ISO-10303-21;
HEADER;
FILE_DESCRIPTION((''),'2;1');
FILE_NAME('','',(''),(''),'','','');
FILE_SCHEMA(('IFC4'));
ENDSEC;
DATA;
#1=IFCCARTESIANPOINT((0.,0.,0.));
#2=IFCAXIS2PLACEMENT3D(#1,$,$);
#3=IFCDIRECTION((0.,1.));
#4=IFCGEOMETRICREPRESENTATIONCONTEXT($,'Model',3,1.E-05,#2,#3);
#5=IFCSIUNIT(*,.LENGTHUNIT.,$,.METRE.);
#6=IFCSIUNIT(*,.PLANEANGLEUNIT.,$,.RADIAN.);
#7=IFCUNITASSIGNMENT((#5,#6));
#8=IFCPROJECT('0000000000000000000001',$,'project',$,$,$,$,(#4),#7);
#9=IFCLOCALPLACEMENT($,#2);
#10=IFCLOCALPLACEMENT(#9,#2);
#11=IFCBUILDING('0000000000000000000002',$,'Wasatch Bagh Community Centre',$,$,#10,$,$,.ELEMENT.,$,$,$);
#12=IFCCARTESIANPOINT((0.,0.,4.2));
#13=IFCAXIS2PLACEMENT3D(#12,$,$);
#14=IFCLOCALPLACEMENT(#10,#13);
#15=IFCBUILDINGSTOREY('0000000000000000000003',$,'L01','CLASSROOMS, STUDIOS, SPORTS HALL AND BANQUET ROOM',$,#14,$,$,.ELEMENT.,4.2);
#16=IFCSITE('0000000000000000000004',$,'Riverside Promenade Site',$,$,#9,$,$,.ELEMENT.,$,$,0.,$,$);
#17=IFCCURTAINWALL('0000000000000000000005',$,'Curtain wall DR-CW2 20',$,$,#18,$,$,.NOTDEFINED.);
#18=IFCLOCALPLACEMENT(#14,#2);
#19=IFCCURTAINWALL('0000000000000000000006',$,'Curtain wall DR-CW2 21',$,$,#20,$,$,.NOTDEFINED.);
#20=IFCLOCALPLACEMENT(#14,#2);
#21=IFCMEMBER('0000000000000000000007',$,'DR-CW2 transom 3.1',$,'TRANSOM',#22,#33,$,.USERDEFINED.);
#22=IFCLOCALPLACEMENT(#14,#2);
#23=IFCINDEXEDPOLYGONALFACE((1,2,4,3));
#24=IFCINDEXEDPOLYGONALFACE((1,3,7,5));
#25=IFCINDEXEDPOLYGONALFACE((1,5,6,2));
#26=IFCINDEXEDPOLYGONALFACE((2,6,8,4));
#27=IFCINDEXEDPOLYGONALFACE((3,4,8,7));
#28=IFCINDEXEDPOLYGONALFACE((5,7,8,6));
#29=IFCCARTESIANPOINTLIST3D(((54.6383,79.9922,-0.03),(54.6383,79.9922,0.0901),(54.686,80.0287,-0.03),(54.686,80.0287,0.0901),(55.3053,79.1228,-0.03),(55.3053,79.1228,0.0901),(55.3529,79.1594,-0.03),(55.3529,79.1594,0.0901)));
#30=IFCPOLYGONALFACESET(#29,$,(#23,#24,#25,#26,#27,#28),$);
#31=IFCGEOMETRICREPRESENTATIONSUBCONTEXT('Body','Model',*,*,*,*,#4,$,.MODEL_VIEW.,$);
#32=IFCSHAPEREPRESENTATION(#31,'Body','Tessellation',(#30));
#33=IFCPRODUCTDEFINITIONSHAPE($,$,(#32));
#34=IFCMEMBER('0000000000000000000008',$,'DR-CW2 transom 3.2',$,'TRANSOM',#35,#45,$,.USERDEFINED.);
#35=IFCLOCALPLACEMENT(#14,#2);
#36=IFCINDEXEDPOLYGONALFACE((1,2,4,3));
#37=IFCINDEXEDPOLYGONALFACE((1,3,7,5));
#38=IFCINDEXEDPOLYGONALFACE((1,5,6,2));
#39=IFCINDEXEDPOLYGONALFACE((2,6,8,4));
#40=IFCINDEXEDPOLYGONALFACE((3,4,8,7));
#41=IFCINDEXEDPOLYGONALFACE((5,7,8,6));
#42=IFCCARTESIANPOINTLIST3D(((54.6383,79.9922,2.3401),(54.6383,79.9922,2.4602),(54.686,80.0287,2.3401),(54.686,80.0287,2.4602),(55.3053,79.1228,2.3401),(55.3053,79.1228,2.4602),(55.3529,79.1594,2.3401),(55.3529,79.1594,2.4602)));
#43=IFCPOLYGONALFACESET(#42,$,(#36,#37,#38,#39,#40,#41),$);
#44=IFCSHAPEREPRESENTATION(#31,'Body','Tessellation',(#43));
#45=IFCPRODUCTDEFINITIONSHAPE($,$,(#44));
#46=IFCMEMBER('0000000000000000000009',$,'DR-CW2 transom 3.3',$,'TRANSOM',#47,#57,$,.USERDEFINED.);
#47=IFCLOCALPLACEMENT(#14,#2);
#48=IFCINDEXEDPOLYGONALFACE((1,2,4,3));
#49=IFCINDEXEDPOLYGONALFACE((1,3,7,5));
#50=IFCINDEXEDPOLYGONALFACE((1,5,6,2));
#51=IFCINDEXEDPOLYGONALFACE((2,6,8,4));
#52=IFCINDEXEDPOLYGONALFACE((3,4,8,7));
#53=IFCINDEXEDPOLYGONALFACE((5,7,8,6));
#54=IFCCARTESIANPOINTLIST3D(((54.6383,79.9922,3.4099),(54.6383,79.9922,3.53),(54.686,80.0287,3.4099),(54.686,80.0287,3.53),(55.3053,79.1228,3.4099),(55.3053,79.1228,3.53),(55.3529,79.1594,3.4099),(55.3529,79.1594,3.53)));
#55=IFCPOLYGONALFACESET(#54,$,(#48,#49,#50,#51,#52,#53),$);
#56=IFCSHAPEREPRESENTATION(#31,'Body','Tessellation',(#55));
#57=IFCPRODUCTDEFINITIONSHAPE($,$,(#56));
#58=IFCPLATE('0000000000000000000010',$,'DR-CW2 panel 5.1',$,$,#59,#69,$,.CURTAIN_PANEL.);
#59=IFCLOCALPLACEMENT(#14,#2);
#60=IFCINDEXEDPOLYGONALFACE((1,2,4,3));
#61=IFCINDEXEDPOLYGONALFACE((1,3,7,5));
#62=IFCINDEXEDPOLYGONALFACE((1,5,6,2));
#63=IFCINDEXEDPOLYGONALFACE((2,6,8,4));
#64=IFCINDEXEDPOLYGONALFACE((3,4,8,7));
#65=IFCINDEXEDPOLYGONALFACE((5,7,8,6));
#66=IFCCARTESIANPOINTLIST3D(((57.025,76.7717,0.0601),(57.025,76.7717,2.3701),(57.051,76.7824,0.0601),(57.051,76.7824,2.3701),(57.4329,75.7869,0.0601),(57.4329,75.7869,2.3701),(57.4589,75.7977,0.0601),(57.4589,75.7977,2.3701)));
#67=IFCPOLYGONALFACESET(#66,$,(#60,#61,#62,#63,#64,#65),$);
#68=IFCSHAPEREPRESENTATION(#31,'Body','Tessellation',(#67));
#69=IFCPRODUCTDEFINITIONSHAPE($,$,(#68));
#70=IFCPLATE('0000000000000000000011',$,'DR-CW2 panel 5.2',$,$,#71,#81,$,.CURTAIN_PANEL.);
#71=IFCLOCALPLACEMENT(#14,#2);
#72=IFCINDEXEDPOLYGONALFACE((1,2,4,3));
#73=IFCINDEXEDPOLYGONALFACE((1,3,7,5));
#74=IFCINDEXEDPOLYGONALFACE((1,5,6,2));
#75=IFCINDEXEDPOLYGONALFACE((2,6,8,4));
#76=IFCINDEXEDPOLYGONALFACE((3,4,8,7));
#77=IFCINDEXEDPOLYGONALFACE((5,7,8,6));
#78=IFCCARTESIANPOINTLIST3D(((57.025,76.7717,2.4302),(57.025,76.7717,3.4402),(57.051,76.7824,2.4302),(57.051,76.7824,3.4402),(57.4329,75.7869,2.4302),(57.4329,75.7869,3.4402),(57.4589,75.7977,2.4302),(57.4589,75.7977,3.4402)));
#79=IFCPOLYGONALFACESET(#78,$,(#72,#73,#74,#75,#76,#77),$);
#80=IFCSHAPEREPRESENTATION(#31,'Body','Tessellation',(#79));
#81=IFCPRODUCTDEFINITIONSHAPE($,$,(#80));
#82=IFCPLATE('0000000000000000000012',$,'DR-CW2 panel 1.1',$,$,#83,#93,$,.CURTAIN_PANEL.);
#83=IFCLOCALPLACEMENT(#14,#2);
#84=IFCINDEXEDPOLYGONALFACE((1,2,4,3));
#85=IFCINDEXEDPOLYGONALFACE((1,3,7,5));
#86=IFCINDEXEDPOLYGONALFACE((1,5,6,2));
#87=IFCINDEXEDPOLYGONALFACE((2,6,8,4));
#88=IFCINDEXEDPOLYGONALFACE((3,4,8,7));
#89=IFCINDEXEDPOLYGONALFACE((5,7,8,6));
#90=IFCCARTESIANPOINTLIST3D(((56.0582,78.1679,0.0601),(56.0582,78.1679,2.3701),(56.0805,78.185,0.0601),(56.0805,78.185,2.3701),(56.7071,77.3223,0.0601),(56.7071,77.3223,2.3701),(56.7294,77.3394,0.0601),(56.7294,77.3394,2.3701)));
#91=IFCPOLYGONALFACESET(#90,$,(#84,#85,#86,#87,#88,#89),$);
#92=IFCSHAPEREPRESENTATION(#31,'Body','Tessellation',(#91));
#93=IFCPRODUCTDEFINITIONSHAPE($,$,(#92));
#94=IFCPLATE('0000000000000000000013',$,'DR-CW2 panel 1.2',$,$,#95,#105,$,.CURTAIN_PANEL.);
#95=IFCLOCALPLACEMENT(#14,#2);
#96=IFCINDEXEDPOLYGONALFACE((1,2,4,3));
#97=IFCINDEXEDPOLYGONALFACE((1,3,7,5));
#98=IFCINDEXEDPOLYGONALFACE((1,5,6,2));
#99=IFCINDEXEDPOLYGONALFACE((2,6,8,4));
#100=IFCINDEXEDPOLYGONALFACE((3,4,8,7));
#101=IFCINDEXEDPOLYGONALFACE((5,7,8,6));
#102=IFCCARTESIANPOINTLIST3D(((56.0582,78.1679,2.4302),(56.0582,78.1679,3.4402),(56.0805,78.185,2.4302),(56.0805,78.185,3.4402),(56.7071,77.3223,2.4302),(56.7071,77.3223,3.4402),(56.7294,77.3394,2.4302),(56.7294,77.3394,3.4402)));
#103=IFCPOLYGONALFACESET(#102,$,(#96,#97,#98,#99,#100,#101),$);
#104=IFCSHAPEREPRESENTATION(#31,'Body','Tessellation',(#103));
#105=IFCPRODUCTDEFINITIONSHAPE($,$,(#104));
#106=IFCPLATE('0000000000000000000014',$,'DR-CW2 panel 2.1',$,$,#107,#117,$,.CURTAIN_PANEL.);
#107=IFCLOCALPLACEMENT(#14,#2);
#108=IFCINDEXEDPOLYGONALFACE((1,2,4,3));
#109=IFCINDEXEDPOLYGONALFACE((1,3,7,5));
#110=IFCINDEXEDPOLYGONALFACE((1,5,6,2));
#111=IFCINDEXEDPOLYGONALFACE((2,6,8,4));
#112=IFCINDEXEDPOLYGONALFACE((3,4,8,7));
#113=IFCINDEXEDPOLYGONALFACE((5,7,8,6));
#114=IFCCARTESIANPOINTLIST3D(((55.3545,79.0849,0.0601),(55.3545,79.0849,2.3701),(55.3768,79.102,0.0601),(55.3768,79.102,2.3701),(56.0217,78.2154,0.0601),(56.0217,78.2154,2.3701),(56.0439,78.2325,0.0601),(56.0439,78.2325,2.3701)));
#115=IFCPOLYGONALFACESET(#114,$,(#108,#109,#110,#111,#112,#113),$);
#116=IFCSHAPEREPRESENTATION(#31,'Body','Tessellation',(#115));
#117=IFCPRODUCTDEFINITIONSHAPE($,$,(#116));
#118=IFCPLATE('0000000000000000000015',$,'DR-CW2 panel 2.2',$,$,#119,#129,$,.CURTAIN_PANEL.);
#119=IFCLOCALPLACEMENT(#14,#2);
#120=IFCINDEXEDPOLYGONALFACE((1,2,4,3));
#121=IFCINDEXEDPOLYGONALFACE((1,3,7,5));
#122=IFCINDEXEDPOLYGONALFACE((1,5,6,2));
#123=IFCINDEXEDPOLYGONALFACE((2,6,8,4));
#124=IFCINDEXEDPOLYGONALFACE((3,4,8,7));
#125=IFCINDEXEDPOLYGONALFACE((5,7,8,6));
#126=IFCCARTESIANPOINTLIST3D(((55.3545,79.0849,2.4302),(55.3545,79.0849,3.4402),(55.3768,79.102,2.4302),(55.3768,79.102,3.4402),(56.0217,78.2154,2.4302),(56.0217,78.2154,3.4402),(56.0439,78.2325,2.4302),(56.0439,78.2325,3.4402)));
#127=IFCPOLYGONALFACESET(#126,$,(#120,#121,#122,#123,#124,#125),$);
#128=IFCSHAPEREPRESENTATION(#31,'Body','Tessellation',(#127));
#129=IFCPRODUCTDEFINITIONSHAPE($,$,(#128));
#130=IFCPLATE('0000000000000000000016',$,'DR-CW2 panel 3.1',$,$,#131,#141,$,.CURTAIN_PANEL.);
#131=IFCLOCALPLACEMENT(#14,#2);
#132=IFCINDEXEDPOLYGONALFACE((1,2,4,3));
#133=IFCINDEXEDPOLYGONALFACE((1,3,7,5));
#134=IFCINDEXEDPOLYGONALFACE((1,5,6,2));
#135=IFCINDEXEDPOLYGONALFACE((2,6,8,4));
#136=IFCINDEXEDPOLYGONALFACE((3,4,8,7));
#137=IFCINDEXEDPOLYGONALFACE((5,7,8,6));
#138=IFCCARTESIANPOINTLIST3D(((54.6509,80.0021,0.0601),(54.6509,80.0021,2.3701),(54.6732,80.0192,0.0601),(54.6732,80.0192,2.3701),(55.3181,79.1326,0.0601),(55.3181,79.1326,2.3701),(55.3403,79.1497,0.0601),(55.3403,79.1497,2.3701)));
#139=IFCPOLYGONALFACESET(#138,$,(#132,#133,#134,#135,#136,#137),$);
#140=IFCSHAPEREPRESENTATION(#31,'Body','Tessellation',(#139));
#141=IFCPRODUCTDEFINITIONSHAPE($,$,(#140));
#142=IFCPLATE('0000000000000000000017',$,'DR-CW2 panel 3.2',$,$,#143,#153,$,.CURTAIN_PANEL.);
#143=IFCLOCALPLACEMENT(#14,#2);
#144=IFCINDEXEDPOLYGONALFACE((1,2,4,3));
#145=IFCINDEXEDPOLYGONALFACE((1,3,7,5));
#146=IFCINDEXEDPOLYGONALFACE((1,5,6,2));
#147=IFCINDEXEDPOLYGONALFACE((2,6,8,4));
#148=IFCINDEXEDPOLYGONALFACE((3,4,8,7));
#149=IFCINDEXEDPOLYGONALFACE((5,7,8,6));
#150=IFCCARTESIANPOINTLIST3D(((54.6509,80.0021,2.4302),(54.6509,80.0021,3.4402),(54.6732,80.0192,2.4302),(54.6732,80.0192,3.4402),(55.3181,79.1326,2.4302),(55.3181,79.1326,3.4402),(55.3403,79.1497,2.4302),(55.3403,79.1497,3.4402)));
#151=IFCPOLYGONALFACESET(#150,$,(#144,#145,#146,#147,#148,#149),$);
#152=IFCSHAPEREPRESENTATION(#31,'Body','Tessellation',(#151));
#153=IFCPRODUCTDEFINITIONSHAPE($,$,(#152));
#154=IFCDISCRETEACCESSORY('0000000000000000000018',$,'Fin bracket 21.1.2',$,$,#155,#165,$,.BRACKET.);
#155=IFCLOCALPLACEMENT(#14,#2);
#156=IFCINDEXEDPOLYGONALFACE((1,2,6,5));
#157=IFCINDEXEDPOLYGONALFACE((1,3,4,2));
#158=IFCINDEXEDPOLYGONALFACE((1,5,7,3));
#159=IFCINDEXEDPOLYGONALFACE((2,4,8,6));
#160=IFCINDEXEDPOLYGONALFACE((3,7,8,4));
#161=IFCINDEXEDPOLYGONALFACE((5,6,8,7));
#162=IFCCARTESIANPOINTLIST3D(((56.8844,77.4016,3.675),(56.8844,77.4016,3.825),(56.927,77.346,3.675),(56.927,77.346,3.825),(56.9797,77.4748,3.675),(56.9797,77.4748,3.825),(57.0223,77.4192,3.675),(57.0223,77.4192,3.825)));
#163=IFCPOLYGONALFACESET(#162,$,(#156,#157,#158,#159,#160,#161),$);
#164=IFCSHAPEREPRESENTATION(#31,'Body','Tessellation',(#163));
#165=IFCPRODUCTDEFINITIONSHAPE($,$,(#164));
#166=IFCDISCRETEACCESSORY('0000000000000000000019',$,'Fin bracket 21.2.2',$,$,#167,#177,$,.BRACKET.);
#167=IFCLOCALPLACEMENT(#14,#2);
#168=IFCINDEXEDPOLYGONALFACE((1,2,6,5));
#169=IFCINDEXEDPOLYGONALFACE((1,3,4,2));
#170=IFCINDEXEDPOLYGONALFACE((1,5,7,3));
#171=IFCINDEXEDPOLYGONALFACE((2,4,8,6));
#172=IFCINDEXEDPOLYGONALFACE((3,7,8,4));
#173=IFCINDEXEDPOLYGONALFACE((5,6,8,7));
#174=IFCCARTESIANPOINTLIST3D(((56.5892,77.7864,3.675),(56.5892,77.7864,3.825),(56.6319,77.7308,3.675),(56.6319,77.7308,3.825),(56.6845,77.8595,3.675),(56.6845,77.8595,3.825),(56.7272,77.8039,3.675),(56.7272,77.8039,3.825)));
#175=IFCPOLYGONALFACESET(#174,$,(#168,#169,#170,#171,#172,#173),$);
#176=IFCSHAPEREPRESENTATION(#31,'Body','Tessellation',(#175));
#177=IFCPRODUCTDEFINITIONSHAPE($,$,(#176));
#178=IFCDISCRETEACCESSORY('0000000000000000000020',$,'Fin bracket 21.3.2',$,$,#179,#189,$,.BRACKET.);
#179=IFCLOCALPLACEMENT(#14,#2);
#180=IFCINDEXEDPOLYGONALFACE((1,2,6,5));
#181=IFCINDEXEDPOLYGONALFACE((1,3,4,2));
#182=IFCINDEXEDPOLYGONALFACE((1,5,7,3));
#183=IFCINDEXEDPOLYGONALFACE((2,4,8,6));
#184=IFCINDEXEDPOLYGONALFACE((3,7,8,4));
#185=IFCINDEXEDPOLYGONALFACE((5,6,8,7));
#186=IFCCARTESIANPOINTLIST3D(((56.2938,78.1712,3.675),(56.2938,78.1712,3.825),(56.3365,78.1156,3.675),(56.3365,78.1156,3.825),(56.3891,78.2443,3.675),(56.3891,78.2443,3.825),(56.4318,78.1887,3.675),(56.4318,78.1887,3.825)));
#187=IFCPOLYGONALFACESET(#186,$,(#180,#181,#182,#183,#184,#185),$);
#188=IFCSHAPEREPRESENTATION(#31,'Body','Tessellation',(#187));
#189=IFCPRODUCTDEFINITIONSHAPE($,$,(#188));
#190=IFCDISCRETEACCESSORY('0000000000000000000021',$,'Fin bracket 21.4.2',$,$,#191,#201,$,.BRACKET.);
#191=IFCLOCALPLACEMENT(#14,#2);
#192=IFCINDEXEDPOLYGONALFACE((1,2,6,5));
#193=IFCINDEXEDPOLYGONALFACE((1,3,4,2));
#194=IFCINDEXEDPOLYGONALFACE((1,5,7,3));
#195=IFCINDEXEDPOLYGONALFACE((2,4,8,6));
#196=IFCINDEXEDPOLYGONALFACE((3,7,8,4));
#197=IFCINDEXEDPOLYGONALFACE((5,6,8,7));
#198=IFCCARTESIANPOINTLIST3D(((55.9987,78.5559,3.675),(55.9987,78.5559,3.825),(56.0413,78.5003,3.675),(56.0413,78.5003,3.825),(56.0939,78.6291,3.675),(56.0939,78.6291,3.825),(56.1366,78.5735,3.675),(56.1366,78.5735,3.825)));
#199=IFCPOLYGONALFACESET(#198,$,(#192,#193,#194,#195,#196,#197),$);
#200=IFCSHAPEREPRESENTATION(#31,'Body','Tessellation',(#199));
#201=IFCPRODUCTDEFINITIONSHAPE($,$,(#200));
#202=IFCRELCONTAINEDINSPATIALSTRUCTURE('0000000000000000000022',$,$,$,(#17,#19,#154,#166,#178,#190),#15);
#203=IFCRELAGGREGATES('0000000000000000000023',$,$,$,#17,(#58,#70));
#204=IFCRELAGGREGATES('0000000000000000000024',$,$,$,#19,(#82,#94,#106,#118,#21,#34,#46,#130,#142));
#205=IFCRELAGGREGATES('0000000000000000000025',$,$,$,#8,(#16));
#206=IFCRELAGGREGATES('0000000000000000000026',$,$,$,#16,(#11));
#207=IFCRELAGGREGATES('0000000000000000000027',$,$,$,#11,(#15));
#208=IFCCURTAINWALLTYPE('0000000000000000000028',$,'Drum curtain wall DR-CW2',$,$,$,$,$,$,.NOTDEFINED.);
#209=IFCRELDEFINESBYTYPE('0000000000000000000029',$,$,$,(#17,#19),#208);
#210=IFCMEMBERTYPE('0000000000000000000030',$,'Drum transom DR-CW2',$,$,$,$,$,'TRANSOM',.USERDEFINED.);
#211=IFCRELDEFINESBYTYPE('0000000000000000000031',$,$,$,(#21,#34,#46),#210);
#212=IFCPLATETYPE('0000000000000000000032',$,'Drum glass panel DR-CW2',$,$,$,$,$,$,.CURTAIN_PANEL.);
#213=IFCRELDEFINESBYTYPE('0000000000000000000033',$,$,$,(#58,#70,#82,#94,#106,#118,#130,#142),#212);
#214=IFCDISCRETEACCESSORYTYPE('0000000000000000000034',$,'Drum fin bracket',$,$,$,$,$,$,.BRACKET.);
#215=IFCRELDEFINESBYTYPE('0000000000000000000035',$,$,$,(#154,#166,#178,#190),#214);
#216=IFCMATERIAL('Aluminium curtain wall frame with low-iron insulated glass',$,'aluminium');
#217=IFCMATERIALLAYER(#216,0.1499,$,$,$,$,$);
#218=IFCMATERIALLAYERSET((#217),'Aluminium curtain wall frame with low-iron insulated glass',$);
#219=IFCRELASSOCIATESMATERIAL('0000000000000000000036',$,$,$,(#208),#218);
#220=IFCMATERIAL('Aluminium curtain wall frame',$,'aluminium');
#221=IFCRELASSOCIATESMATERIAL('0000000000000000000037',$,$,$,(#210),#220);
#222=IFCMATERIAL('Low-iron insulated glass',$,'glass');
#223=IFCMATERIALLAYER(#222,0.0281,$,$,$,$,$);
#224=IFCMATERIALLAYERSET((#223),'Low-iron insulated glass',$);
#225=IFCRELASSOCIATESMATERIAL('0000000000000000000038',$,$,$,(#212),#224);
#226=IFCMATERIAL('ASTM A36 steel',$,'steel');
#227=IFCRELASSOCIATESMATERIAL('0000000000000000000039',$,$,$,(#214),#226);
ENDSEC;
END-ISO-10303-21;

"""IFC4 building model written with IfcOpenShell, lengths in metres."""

from ifc_helpers import new_model, si_unit, direction, frame, origin, origin_2d, place, context, subcontext, project, spatial, rectangle, extrude, material, layer, layer_set, material_profile, profile_set, type_object, element, aggregate, save


model = new_model("IFC4")

# Units and contexts
model_context = context("Model", 3, precision=1e-05, world=origin(), true_north=direction((0.0, 1.0)))
body_context = subcontext(model_context, "Body", "Model", "MODEL_VIEW")
ifc_project = project(units=[si_unit("LENGTHUNIT", "METRE"), si_unit("PLANEANGLEUNIT", "RADIAN")], contexts=[model_context])

# Site, building, storey
site_placement = place(None, origin())
site = spatial("IfcSite", under=ifc_project, at=site_placement, Name="Riverside Promenade Site", CompositionType="ELEMENT", RefElevation=0.0)
building_placement = place(site_placement, origin())
building = spatial("IfcBuilding", under=site, at=building_placement, Name="Wasatch Bagh Community Centre", CompositionType="ELEMENT")
storey_placement = place(building_placement, frame((0.0, 0.0, 4.2)))
storey = spatial("IfcBuildingStorey", under=building, at=storey_placement, Name="L01", Description="CLASSROOMS, STUDIOS, SPORTS HALL AND BANQUET ROOM", CompositionType="ELEMENT", Elevation=4.2)

# Curtain wall
ifc_material_1 = material(Name="Aluminium curtain wall frame with low-iron insulated glass", Category="aluminium")
ifc_layer_1 = layer(ifc_material_1, 0.1499)
ifc_layer_set_1 = layer_set([ifc_layer_1], Name="Aluminium curtain wall frame with low-iron insulated glass")
curtain_wall_type = type_object("IfcCurtainWallType", Name="Drum curtain wall DR-CW2", PredefinedType="NOTDEFINED", material=ifc_layer_set_1)
curtain_wall_1_placement = place(storey_placement, origin())
curtain_wall_1 = element("IfcCurtainWall", 1, at=curtain_wall_1_placement, inside=storey, type_object=curtain_wall_type, Name="Curtain wall DR-CW2 20", PredefinedType="NOTDEFINED")
ifc_material_2 = material(Name="Aluminium curtain wall frame", Category="aluminium")

# Curtain wall
curtain_wall_2_placement = place(storey_placement, origin())
curtain_wall_2 = element("IfcCurtainWall", 2, at=curtain_wall_2_placement, inside=storey, type_object=curtain_wall_type, Name="Curtain wall DR-CW2 21", PredefinedType="NOTDEFINED")

# Members
ifc_material_profile_1 = material_profile(ifc_material_2, rectangle(XDim=0.0601, YDim=0.1201, at=origin_2d()), Name="Drum transom DR-CW2")
ifc_profile_set_1 = profile_set([ifc_material_profile_1], Name="Aluminium curtain wall frame")
member_type_1 = type_object("IfcMemberType", Name="Drum transom DR-CW2", ElementType="TRANSOM", PredefinedType="USERDEFINED", material=ifc_profile_set_1)
member_1_placement = place(storey_placement, frame((55.3291, 79.1411, 0.03), z_axis=(-0.608698, 0.793402, 0.0), x_axis=(-0.793402, -0.608698, 0.0)))
member_1 = element("IfcMember", 3, at=member_1_placement, type_object=member_type_1, Name="DR-CW2 transom 3.1", ObjectType="TRANSOM", PredefinedType="USERDEFINED", context=body_context, shape_type="SweptSolid", body=[
    extrude(rectangle(XDim=0.0601, YDim=0.1201, at=origin_2d()), origin(), (0.0, 0.0, 1.0), 1.0957),
])
member_2_placement = place(storey_placement, frame((55.3291, 79.1411, 2.4001), z_axis=(-0.608698, 0.793402, 0.0), x_axis=(-0.793402, -0.608698, 0.0)))
member_2 = element("IfcMember", 4, at=member_2_placement, type_object=member_type_1, Name="DR-CW2 transom 3.2", ObjectType="TRANSOM", PredefinedType="USERDEFINED", context=body_context, shape_type="SweptSolid", body=[
    extrude(rectangle(XDim=0.0601, YDim=0.1201, at=origin_2d()), origin(), (0.0, 0.0, 1.0), 1.0957),
])
member_3_placement = place(storey_placement, frame((55.3291, 79.1411, 3.47), z_axis=(-0.608698, 0.793402, 0.0), x_axis=(-0.793402, -0.608698, 0.0)))
member_3 = element("IfcMember", 5, at=member_3_placement, type_object=member_type_1, Name="DR-CW2 transom 3.3", ObjectType="TRANSOM", PredefinedType="USERDEFINED", context=body_context, shape_type="SweptSolid", body=[
    extrude(rectangle(XDim=0.0601, YDim=0.1201, at=origin_2d()), origin(), (0.0, 0.0, 1.0), 1.0957),
])

# Plates
ifc_material_3 = material(Name="Low-iron insulated glass", Category="glass")
ifc_layer_2 = layer(ifc_material_3, 0.0281)
ifc_layer_set_2 = layer_set([ifc_layer_2], Name="Low-iron insulated glass")
plate_type = type_object("IfcPlateType", Name="Drum glass panel DR-CW2", PredefinedType="CURTAIN_PANEL", material=ifc_layer_set_2)
plate_1_placement = place(storey_placement, frame((57.2419, 76.2847, 0.0601), z_axis=(0.0, 0.0, 1.0), x_axis=(-0.382683, 0.92388, 0.0)))
plate_1 = element("IfcPlate", 6, at=plate_1_placement, type_object=plate_type, Name="DR-CW2 panel 5.1", PredefinedType="CURTAIN_PANEL", context=body_context, shape_type="SweptSolid", body=[
    extrude(rectangle(XDim=1.0659, YDim=0.0281, at=origin_2d()), origin(), (0.0, 0.0, 1.0), 2.3101),
])
plate_2_placement = place(storey_placement, frame((57.2419, 76.2847, 2.4302), z_axis=(0.0, 0.0, 1.0), x_axis=(-0.382683, 0.92388, 0.0)))
plate_2 = element("IfcPlate", 7, at=plate_2_placement, type_object=plate_type, Name="DR-CW2 panel 5.2", PredefinedType="CURTAIN_PANEL", context=body_context, shape_type="SweptSolid", body=[
    extrude(rectangle(XDim=1.0659, YDim=0.0281, at=origin_2d()), origin(), (0.0, 0.0, 1.0), 1.01),
])
aggregate(curtain_wall_1, [plate_1, plate_2])
plate_3_placement = place(storey_placement, frame((56.3938, 77.7537, 0.0601), z_axis=(0.0, 0.0, 1.0), x_axis=(-0.608761, 0.793353, 0.0)))
plate_3 = element("IfcPlate", 8, at=plate_3_placement, type_object=plate_type, Name="DR-CW2 panel 1.1", PredefinedType="CURTAIN_PANEL", context=body_context, shape_type="SweptSolid", body=[
    extrude(rectangle(XDim=1.0659, YDim=0.0281, at=origin_2d()), origin(), (0.0, 0.0, 1.0), 2.3101),
])
plate_4_placement = place(storey_placement, frame((56.3938, 77.7537, 2.4302), z_axis=(0.0, 0.0, 1.0), x_axis=(-0.608761, 0.793353, 0.0)))
plate_4 = element("IfcPlate", 9, at=plate_4_placement, type_object=plate_type, Name="DR-CW2 panel 1.2", PredefinedType="CURTAIN_PANEL", context=body_context, shape_type="SweptSolid", body=[
    extrude(rectangle(XDim=1.0659, YDim=0.0281, at=origin_2d()), origin(), (0.0, 0.0, 1.0), 1.01),
])
plate_5_placement = place(storey_placement, frame((55.6992, 78.6587, 0.0601), z_axis=(0.0, 0.0, 1.0), x_axis=(-0.608761, 0.793353, 0.0)))
plate_5 = element("IfcPlate", 10, at=plate_5_placement, type_object=plate_type, Name="DR-CW2 panel 2.1", PredefinedType="CURTAIN_PANEL", context=body_context, shape_type="SweptSolid", body=[
    extrude(rectangle(XDim=1.0959, YDim=0.0281, at=origin_2d()), origin(), (0.0, 0.0, 1.0), 2.3101),
])
plate_6_placement = place(storey_placement, frame((55.6992, 78.6587, 2.4302), z_axis=(0.0, 0.0, 1.0), x_axis=(-0.608761, 0.793353, 0.0)))
plate_6 = element("IfcPlate", 11, at=plate_6_placement, type_object=plate_type, Name="DR-CW2 panel 2.2", PredefinedType="CURTAIN_PANEL", context=body_context, shape_type="SweptSolid", body=[
    extrude(rectangle(XDim=1.0959, YDim=0.0281, at=origin_2d()), origin(), (0.0, 0.0, 1.0), 1.01),
])
plate_7_placement = place(storey_placement, frame((54.9956, 79.5759, 0.0601), z_axis=(0.0, 0.0, 1.0), x_axis=(-0.608761, 0.793353, 0.0)))
plate_7 = element("IfcPlate", 12, at=plate_7_placement, type_object=plate_type, Name="DR-CW2 panel 3.1", PredefinedType="CURTAIN_PANEL", context=body_context, shape_type="SweptSolid", body=[
    extrude(rectangle(XDim=1.0959, YDim=0.0281, at=origin_2d()), origin(), (0.0, 0.0, 1.0), 2.3101),
])
plate_8_placement = place(storey_placement, frame((54.9956, 79.5759, 2.4302), z_axis=(0.0, 0.0, 1.0), x_axis=(-0.608761, 0.793353, 0.0)))
plate_8 = element("IfcPlate", 13, at=plate_8_placement, type_object=plate_type, Name="DR-CW2 panel 3.2", PredefinedType="CURTAIN_PANEL", context=body_context, shape_type="SweptSolid", body=[
    extrude(rectangle(XDim=1.0959, YDim=0.0281, at=origin_2d()), origin(), (0.0, 0.0, 1.0), 1.01),
])
aggregate(curtain_wall_2, [plate_3, plate_4, plate_5, plate_6, member_1, member_2, member_3, plate_7, plate_8])

# Discrete accessories
ifc_material_4 = material(Name="ASTM A36 steel", Category="steel")
discrete_accessory_type = type_object("IfcDiscreteAccessoryType", Name="Drum fin bracket", PredefinedType="BRACKET", material=ifc_material_4)
for number, where, z_axis, x_axis, name in (
    (14, (56.9534, 77.4104, 3.675), (0.0, 0.0, 1.0), (-0.608761, 0.793353, 0.0), "Fin bracket 21.1.2"),
    (15, (56.6582, 77.7952, 3.675), (0.0, 0.0, 1.0), (-0.608761, 0.793353, 0.0), "Fin bracket 21.2.2"),
    (16, (56.3628, 78.1799, 3.675), (0.0, 0.0, 1.0), (-0.608761, 0.793353, 0.0), "Fin bracket 21.3.2"),
    (17, (56.0676, 78.5647, 3.675), (0.0, 0.0, 1.0), (-0.608761, 0.793353, 0.0), "Fin bracket 21.4.2"),
):
    element("IfcDiscreteAccessory", number, at=place(storey_placement, frame(where, z_axis=z_axis, x_axis=x_axis)), inside=storey, type_object=discrete_accessory_type, Name=name, PredefinedType="BRACKET", context=body_context, shape_type="SweptSolid", body=[
        extrude(rectangle(XDim=0.0701, YDim=0.1201, at=origin_2d()), origin(), (0.0, 0.0, 1.0), 0.1499),
    ])

save(model, "model.ifc")
